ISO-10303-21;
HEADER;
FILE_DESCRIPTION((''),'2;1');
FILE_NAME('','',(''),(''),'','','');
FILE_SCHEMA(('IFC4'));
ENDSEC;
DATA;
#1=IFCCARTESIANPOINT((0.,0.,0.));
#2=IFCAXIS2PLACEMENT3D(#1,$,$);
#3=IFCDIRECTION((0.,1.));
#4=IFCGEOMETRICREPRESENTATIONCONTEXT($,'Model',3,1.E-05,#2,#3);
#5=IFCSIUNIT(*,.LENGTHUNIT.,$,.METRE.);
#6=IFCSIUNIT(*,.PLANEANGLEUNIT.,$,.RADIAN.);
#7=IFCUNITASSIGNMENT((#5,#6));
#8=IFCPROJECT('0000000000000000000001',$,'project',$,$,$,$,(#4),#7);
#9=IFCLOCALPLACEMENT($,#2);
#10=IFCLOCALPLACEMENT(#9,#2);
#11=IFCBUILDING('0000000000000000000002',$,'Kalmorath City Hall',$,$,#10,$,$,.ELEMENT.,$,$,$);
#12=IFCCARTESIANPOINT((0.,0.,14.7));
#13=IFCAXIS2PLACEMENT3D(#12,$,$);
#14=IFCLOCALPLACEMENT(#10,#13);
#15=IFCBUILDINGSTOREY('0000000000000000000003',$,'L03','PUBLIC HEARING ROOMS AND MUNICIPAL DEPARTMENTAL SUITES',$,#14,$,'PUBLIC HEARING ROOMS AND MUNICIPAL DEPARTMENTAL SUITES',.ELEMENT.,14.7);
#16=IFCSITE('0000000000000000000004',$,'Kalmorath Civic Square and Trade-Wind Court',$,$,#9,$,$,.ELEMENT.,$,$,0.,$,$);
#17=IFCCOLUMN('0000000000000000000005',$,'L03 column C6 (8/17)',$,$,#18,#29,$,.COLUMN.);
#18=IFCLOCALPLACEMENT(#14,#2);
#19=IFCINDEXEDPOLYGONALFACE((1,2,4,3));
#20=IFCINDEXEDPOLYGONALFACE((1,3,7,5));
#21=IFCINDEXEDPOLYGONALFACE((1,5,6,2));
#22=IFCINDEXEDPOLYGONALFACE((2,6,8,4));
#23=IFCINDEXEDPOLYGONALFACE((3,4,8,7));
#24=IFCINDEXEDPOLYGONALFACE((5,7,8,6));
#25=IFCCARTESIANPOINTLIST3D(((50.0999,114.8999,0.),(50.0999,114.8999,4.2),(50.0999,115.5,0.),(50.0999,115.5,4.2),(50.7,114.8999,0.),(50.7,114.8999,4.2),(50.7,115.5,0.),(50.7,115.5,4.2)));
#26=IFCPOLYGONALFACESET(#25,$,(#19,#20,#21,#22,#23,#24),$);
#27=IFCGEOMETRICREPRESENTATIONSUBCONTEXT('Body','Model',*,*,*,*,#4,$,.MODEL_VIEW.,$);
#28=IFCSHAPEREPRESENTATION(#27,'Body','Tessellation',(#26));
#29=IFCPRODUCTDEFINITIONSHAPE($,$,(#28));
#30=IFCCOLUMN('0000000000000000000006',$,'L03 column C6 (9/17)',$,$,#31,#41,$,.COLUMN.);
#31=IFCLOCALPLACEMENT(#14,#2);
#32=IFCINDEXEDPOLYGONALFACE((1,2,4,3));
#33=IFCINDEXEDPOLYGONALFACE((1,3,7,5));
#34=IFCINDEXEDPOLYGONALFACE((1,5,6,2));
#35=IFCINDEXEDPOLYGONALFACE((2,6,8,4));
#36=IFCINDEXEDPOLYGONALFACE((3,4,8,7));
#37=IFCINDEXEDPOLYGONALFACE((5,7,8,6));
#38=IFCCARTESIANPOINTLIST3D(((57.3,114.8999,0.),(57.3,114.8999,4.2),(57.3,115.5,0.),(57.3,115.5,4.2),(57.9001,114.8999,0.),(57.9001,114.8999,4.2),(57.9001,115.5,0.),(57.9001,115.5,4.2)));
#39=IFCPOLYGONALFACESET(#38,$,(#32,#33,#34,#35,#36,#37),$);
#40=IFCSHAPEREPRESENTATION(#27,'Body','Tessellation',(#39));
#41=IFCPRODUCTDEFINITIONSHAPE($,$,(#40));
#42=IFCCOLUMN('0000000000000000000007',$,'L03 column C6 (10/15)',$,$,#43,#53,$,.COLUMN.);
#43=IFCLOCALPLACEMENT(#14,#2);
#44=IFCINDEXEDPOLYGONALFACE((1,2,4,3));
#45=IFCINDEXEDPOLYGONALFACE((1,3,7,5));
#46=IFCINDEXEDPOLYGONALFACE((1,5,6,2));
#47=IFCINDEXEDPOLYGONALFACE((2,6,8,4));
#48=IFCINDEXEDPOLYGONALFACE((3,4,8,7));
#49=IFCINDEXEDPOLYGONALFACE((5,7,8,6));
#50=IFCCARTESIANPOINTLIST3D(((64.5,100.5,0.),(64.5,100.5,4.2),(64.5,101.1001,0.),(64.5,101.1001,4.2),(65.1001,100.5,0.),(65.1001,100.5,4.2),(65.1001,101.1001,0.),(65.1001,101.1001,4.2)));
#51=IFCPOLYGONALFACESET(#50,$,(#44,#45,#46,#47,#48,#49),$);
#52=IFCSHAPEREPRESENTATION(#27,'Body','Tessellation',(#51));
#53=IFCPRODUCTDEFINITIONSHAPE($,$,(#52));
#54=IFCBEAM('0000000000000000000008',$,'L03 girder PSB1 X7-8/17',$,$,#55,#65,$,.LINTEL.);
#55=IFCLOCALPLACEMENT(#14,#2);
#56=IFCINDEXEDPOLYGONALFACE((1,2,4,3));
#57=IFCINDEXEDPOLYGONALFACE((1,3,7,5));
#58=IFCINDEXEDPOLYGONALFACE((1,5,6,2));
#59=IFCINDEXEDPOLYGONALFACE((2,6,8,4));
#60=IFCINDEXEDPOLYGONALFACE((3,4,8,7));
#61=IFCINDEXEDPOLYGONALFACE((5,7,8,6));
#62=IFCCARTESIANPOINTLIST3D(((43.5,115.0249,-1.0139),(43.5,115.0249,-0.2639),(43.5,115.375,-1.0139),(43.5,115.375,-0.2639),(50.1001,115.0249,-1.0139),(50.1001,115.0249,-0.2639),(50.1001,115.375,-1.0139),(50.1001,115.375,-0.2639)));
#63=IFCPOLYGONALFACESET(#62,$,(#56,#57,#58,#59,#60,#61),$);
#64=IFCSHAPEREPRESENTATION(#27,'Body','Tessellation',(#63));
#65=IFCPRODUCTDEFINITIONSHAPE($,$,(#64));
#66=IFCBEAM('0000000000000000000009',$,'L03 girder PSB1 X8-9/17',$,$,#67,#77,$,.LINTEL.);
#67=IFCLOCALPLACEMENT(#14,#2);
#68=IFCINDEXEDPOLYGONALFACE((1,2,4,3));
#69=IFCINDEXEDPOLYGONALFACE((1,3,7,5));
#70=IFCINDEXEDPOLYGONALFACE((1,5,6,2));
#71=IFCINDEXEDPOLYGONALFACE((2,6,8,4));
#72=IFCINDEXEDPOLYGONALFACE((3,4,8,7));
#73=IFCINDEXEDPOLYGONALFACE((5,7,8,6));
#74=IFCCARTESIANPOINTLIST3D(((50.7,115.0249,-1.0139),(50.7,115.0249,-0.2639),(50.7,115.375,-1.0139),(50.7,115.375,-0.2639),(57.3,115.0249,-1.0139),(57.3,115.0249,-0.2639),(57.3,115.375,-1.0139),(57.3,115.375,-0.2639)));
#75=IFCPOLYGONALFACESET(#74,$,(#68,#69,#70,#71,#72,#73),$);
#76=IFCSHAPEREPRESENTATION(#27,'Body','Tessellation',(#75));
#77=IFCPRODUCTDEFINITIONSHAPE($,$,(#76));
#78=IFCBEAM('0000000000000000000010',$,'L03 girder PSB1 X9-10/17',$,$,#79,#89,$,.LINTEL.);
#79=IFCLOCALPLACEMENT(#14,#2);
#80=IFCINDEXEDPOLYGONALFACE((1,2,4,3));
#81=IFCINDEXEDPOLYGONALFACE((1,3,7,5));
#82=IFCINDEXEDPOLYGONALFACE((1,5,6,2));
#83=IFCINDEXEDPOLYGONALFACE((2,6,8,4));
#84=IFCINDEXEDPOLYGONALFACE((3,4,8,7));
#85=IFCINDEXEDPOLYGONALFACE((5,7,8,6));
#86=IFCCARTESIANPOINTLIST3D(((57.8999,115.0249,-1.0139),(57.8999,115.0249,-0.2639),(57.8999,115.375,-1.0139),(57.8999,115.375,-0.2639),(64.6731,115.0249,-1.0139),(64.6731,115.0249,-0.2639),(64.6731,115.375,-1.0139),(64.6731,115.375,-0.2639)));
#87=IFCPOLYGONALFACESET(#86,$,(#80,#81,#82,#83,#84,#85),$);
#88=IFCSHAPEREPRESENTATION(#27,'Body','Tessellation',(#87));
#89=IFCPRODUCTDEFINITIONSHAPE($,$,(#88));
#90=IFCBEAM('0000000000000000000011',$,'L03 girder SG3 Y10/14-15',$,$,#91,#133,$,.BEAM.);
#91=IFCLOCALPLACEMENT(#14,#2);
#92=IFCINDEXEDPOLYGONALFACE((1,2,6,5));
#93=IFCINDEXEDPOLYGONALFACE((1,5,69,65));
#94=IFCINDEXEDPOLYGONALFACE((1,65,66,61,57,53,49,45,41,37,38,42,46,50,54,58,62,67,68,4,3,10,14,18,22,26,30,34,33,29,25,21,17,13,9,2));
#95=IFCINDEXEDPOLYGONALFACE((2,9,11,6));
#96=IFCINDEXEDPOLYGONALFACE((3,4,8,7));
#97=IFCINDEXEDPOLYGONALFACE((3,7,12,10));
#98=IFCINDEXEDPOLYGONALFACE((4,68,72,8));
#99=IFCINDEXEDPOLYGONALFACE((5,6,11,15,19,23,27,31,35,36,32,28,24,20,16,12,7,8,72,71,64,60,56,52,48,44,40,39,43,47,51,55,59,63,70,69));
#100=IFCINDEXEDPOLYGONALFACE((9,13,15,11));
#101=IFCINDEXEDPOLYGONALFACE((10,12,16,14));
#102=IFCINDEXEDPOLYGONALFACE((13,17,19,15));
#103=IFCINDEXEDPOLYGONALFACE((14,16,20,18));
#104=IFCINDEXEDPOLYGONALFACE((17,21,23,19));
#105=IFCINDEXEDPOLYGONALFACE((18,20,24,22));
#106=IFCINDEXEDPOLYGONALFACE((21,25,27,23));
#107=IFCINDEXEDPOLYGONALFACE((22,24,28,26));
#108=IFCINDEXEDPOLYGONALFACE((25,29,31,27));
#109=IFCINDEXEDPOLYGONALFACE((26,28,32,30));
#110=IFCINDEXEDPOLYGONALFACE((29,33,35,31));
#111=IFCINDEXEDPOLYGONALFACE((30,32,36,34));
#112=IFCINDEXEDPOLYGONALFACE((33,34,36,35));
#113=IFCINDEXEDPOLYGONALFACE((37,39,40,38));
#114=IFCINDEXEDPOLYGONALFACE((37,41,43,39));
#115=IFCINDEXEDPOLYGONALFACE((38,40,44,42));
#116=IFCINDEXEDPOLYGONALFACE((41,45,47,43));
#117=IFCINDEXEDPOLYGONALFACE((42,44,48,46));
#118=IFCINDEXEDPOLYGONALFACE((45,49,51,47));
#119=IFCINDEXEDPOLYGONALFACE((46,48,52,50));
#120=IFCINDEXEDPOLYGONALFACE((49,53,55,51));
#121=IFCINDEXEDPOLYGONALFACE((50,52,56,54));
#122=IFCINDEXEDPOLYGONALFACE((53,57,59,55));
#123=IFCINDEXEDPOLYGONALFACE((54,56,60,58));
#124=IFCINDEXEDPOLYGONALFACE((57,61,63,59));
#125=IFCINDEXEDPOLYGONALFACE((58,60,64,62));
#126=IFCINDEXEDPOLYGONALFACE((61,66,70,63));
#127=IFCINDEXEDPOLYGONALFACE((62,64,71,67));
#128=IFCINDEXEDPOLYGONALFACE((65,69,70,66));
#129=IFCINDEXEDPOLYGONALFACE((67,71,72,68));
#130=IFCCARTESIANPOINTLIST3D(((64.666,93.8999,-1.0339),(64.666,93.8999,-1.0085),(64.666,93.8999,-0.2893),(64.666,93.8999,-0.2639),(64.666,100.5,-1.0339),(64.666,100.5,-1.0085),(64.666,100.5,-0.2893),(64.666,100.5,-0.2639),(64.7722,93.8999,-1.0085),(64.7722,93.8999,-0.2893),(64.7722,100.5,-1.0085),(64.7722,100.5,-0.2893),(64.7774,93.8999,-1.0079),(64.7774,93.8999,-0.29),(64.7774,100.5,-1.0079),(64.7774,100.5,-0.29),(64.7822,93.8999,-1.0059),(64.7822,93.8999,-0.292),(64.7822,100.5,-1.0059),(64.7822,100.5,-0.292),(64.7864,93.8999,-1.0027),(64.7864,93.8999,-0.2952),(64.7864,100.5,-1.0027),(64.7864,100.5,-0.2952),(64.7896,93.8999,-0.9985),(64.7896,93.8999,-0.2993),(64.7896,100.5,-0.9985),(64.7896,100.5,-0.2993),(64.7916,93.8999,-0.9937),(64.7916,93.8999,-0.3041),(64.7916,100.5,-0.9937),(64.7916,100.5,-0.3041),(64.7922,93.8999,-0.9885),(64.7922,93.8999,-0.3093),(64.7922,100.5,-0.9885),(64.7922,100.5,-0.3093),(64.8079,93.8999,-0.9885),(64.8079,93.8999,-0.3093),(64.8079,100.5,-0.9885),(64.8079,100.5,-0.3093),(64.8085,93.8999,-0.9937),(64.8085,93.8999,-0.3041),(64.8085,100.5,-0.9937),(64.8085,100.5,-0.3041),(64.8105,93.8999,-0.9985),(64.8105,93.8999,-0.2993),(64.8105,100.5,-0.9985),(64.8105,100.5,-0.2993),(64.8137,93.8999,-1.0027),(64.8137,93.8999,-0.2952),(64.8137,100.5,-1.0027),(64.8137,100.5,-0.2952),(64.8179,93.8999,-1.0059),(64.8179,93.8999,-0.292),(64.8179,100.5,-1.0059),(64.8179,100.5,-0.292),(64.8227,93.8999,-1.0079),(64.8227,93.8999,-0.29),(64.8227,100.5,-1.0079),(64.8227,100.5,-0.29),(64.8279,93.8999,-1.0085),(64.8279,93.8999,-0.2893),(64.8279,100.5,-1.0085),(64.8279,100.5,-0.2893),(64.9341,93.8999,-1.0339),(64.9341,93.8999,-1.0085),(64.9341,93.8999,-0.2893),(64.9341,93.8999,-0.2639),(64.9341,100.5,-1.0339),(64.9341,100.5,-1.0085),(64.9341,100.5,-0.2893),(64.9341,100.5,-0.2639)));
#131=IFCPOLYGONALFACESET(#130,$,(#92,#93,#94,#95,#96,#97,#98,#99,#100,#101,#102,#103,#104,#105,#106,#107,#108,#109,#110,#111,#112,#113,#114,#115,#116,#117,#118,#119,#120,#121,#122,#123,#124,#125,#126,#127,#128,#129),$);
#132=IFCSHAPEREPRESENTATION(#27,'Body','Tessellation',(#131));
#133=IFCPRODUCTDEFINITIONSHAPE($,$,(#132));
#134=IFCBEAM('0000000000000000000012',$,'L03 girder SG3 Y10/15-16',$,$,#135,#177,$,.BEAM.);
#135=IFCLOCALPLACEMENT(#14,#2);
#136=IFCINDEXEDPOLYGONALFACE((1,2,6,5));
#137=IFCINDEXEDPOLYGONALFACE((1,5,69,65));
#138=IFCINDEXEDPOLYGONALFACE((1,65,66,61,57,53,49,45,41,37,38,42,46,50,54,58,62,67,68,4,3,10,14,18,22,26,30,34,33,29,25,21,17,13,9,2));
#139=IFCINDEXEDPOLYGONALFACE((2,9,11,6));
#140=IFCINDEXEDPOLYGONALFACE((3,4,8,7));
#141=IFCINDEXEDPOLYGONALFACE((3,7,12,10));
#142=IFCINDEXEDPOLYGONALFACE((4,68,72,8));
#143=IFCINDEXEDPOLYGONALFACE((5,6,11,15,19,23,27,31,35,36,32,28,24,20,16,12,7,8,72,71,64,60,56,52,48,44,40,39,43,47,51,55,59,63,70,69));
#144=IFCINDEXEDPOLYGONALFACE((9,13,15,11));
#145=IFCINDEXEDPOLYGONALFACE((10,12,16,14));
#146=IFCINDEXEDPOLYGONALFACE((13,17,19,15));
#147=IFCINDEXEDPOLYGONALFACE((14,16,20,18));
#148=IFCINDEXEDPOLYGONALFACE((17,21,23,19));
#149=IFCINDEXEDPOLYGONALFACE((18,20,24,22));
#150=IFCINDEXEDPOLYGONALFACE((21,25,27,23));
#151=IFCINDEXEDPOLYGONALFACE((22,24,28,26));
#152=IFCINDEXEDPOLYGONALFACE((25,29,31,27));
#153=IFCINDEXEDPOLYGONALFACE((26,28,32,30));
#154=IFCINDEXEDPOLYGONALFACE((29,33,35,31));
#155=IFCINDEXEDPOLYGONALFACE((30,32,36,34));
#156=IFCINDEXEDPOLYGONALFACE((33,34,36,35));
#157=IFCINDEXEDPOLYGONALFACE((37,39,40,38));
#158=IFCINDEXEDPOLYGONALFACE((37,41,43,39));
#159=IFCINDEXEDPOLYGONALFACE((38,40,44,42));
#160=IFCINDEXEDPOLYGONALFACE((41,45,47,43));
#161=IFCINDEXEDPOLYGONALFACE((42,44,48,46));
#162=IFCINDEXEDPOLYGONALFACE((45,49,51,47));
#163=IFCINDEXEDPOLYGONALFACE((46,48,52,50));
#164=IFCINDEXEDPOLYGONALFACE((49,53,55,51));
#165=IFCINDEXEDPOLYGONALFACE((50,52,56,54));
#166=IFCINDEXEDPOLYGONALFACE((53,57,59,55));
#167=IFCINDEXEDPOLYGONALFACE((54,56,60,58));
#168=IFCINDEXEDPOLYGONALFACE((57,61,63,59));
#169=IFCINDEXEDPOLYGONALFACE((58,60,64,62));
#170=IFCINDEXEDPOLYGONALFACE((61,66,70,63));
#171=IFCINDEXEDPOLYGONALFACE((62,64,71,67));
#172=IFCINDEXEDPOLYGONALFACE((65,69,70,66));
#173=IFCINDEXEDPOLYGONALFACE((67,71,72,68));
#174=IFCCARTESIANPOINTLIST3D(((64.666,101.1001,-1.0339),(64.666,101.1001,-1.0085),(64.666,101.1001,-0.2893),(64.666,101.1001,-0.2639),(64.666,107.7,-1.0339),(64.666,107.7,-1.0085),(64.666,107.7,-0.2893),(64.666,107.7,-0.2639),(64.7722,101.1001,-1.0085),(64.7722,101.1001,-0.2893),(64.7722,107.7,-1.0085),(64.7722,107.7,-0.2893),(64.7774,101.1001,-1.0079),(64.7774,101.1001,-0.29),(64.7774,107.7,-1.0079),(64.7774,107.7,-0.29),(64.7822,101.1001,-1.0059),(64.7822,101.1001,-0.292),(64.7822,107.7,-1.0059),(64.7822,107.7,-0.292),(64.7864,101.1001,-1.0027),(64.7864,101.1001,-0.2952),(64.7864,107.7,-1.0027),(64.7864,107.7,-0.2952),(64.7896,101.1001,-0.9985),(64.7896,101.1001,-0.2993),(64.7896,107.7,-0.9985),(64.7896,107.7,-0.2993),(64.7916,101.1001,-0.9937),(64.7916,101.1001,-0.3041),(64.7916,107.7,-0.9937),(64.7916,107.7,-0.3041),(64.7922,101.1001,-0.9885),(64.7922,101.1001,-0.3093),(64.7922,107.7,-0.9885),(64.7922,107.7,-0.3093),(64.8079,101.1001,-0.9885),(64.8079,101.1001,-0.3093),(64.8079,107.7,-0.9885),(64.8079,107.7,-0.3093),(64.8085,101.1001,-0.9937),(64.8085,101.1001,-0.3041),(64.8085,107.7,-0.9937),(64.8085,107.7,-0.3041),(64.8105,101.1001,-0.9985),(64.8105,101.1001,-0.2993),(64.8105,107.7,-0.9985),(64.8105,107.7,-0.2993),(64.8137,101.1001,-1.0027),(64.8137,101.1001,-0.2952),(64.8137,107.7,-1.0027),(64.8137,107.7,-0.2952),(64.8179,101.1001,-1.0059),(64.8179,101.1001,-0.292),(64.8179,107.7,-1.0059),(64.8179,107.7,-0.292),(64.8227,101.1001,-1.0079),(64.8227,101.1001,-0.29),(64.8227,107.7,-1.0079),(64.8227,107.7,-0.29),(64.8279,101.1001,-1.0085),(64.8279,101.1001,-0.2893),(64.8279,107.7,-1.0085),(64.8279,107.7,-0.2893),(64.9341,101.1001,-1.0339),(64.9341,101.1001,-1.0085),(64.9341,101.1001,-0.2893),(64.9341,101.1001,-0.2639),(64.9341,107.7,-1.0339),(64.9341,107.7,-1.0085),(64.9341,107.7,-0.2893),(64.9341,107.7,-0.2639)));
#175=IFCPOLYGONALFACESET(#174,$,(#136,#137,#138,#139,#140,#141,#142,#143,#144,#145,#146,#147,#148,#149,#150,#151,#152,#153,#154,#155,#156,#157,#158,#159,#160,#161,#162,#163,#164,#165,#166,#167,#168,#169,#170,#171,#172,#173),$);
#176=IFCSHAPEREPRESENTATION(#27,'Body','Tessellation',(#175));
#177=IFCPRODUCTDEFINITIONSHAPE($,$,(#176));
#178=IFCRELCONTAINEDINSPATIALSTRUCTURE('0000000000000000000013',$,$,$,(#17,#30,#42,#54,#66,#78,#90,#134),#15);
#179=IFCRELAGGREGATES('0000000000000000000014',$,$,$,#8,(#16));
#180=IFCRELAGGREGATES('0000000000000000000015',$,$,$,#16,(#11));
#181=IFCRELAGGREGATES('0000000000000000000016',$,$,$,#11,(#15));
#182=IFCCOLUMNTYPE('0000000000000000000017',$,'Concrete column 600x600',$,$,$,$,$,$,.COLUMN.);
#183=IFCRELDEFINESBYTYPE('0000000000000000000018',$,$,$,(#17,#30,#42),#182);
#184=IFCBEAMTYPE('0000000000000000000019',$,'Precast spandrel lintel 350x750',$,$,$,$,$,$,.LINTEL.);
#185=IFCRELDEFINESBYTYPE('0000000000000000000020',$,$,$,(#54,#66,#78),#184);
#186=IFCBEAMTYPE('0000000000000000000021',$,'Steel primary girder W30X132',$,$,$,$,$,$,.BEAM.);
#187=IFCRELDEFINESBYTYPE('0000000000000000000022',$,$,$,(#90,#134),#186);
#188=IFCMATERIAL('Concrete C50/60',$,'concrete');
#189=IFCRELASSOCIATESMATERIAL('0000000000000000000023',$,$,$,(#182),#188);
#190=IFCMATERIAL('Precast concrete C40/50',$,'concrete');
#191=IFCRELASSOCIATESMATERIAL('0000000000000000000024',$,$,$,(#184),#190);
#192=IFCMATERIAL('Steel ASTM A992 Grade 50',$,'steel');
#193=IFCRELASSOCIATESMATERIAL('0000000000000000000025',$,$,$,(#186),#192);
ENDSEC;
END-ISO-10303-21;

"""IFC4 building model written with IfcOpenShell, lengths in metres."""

from ifc_helpers import new_model, si_unit, direction, frame, origin, origin_2d, place, context, subcontext, project, spatial, rectangle, i_section, extrude, material, material_profile, profile_set, type_object, element, save


model = new_model("IFC4")

# Units and contexts
model_context = context("Model", 3, precision=1e-05, world=origin(), true_north=direction((0.0, 1.0)))
body_context = subcontext(model_context, "Body", "Model", "MODEL_VIEW")
ifc_project = project(units=[si_unit("LENGTHUNIT", "METRE"), si_unit("PLANEANGLEUNIT", "RADIAN")], contexts=[model_context])

# Site, building, storey
site_placement = place(None, origin())
site = spatial("IfcSite", under=ifc_project, at=site_placement, Name="Kalmorath Civic Square and Trade-Wind Court", CompositionType="ELEMENT", RefElevation=0.0)
building_placement = place(site_placement, origin())
building = spatial("IfcBuilding", under=site, at=building_placement, Name="Kalmorath City Hall", CompositionType="ELEMENT")
storey_placement = place(building_placement, frame((0.0, 0.0, 14.7)))
storey = spatial("IfcBuildingStorey", under=building, at=storey_placement, Name="L03", Description="PUBLIC HEARING ROOMS AND MUNICIPAL DEPARTMENTAL SUITES", LongName="PUBLIC HEARING ROOMS AND MUNICIPAL DEPARTMENTAL SUITES", CompositionType="ELEMENT", Elevation=14.7)

# Columns
ifc_material_1 = material(Name="Concrete C50/60", Category="concrete")
ifc_material_profile_1 = material_profile(ifc_material_1, rectangle(XDim=0.6001, YDim=0.6001, at=origin_2d()), Name="RC-COL-600X600")
ifc_profile_set_1 = profile_set([ifc_material_profile_1], Name="Concrete C50/60")
column_type = type_object("IfcColumnType", Name="Concrete column 600x600", PredefinedType="COLUMN", material=ifc_profile_set_1)
for number, where, z_axis, x_axis, name in (
    (1, (50.3999, 115.2, 0.0), (0.0, 0.0, 1.0), (1.0, 0.0, 0.0), "L03 column C6 (8/17)"),
    (2, (57.6001, 115.2, 0.0), (0.0, 0.0, 1.0), (1.0, 0.0, 0.0), "L03 column C6 (9/17)"),
    (3, (64.8, 100.8, 0.0), (0.0, 0.0, 1.0), (1.0, 0.0, 0.0), "L03 column C6 (10/15)"),
):
    element("IfcColumn", number, at=place(storey_placement, frame(where, z_axis=z_axis, x_axis=x_axis)), inside=storey, type_object=column_type, Name=name, PredefinedType="COLUMN", context=body_context, shape_type="SweptSolid", body=[
        extrude(rectangle(XDim=0.6001, YDim=0.6001, at=origin_2d()), origin(), (0.0, 0.0, 1.0), 4.2),
    ])

# Beams
ifc_material_2 = material(Name="Precast concrete C40/50", Category="concrete")
ifc_material_profile_2 = material_profile(ifc_material_2, rectangle(XDim=0.3501, YDim=0.75, at=origin_2d()), Name="PC-SP-350X750")
ifc_profile_set_2 = profile_set([ifc_material_profile_2], Name="Precast concrete C40/50")
beam_type_1 = type_object("IfcBeamType", Name="Precast spandrel lintel 350x750", PredefinedType="LINTEL", material=ifc_profile_set_2)
for number, where, z_axis, x_axis, name in (
    (4, (43.5, 115.2, -0.6389), (1.0, 0.0, 0.0), (0.0, 1.0, 0.0), "L03 girder PSB1 X7-8/17"),
    (5, (50.7, 115.2, -0.6389), (1.0, 0.0, 0.0), (0.0, 1.0, 0.0), "L03 girder PSB1 X8-9/17"),
):
    element("IfcBeam", number, at=place(storey_placement, frame(where, z_axis=z_axis, x_axis=x_axis)), inside=storey, type_object=beam_type_1, Name=name, PredefinedType="LINTEL", context=body_context, shape_type="SweptSolid", body=[
        extrude(rectangle(XDim=0.3501, YDim=0.75, at=origin_2d()), origin(), (0.0, 0.0, 1.0), 6.6001),
    ])
beam_1_placement = place(storey_placement, frame((57.8999, 115.2, -0.6389), z_axis=(1.0, 0.0, 0.0), x_axis=(0.0, 1.0, 0.0)))
element("IfcBeam", 6, at=beam_1_placement, inside=storey, type_object=beam_type_1, Name="L03 girder PSB1 X9-10/17", PredefinedType="LINTEL", context=body_context, shape_type="SweptSolid", body=[
    extrude(rectangle(XDim=0.3501, YDim=0.75, at=origin_2d()), origin(), (0.0, 0.0, 1.0), 6.7732),
])
ifc_material_3 = material(Name="Steel ASTM A992 Grade 50", Category="steel")
ifc_material_profile_3 = material_profile(ifc_material_3, i_section(OverallWidth=0.2681, OverallDepth=0.77, WebThickness=0.0156, FlangeThickness=0.0254, FilletRadius=0.02, at=origin_2d()), Name="W30X132")
ifc_profile_set_3 = profile_set([ifc_material_profile_3], Name="Steel ASTM A992 Grade 50")
beam_type_2 = type_object("IfcBeamType", Name="Steel primary girder W30X132", PredefinedType="BEAM", material=ifc_profile_set_3)
beam_2_placement = place(storey_placement, frame((64.8, 93.8999, -0.6489), z_axis=(0.0, 1.0, 0.0), x_axis=(-1.0, 0.0, 0.0)))
element("IfcBeam", 7, at=beam_2_placement, inside=storey, type_object=beam_type_2, Name="L03 girder SG3 Y10/14-15", PredefinedType="BEAM", context=body_context, shape_type="SweptSolid", body=[
    extrude(i_section(OverallWidth=0.2681, OverallDepth=0.77, WebThickness=0.0156, FlangeThickness=0.0254, FilletRadius=0.02, at=origin_2d()), origin(), (0.0, 0.0, 1.0), 6.6001),
])
beam_3_placement = place(storey_placement, frame((64.8, 101.1001, -0.6489), z_axis=(0.0, 1.0, 0.0), x_axis=(-1.0, 0.0, 0.0)))
element("IfcBeam", 8, at=beam_3_placement, inside=storey, type_object=beam_type_2, Name="L03 girder SG3 Y10/15-16", PredefinedType="BEAM", context=body_context, shape_type="SweptSolid", body=[
    extrude(i_section(OverallWidth=0.2681, OverallDepth=0.77, WebThickness=0.0156, FlangeThickness=0.0254, FilletRadius=0.02, at=origin_2d()), origin(), (0.0, 0.0, 1.0), 6.5999),
])

save(model, "model.ifc")
